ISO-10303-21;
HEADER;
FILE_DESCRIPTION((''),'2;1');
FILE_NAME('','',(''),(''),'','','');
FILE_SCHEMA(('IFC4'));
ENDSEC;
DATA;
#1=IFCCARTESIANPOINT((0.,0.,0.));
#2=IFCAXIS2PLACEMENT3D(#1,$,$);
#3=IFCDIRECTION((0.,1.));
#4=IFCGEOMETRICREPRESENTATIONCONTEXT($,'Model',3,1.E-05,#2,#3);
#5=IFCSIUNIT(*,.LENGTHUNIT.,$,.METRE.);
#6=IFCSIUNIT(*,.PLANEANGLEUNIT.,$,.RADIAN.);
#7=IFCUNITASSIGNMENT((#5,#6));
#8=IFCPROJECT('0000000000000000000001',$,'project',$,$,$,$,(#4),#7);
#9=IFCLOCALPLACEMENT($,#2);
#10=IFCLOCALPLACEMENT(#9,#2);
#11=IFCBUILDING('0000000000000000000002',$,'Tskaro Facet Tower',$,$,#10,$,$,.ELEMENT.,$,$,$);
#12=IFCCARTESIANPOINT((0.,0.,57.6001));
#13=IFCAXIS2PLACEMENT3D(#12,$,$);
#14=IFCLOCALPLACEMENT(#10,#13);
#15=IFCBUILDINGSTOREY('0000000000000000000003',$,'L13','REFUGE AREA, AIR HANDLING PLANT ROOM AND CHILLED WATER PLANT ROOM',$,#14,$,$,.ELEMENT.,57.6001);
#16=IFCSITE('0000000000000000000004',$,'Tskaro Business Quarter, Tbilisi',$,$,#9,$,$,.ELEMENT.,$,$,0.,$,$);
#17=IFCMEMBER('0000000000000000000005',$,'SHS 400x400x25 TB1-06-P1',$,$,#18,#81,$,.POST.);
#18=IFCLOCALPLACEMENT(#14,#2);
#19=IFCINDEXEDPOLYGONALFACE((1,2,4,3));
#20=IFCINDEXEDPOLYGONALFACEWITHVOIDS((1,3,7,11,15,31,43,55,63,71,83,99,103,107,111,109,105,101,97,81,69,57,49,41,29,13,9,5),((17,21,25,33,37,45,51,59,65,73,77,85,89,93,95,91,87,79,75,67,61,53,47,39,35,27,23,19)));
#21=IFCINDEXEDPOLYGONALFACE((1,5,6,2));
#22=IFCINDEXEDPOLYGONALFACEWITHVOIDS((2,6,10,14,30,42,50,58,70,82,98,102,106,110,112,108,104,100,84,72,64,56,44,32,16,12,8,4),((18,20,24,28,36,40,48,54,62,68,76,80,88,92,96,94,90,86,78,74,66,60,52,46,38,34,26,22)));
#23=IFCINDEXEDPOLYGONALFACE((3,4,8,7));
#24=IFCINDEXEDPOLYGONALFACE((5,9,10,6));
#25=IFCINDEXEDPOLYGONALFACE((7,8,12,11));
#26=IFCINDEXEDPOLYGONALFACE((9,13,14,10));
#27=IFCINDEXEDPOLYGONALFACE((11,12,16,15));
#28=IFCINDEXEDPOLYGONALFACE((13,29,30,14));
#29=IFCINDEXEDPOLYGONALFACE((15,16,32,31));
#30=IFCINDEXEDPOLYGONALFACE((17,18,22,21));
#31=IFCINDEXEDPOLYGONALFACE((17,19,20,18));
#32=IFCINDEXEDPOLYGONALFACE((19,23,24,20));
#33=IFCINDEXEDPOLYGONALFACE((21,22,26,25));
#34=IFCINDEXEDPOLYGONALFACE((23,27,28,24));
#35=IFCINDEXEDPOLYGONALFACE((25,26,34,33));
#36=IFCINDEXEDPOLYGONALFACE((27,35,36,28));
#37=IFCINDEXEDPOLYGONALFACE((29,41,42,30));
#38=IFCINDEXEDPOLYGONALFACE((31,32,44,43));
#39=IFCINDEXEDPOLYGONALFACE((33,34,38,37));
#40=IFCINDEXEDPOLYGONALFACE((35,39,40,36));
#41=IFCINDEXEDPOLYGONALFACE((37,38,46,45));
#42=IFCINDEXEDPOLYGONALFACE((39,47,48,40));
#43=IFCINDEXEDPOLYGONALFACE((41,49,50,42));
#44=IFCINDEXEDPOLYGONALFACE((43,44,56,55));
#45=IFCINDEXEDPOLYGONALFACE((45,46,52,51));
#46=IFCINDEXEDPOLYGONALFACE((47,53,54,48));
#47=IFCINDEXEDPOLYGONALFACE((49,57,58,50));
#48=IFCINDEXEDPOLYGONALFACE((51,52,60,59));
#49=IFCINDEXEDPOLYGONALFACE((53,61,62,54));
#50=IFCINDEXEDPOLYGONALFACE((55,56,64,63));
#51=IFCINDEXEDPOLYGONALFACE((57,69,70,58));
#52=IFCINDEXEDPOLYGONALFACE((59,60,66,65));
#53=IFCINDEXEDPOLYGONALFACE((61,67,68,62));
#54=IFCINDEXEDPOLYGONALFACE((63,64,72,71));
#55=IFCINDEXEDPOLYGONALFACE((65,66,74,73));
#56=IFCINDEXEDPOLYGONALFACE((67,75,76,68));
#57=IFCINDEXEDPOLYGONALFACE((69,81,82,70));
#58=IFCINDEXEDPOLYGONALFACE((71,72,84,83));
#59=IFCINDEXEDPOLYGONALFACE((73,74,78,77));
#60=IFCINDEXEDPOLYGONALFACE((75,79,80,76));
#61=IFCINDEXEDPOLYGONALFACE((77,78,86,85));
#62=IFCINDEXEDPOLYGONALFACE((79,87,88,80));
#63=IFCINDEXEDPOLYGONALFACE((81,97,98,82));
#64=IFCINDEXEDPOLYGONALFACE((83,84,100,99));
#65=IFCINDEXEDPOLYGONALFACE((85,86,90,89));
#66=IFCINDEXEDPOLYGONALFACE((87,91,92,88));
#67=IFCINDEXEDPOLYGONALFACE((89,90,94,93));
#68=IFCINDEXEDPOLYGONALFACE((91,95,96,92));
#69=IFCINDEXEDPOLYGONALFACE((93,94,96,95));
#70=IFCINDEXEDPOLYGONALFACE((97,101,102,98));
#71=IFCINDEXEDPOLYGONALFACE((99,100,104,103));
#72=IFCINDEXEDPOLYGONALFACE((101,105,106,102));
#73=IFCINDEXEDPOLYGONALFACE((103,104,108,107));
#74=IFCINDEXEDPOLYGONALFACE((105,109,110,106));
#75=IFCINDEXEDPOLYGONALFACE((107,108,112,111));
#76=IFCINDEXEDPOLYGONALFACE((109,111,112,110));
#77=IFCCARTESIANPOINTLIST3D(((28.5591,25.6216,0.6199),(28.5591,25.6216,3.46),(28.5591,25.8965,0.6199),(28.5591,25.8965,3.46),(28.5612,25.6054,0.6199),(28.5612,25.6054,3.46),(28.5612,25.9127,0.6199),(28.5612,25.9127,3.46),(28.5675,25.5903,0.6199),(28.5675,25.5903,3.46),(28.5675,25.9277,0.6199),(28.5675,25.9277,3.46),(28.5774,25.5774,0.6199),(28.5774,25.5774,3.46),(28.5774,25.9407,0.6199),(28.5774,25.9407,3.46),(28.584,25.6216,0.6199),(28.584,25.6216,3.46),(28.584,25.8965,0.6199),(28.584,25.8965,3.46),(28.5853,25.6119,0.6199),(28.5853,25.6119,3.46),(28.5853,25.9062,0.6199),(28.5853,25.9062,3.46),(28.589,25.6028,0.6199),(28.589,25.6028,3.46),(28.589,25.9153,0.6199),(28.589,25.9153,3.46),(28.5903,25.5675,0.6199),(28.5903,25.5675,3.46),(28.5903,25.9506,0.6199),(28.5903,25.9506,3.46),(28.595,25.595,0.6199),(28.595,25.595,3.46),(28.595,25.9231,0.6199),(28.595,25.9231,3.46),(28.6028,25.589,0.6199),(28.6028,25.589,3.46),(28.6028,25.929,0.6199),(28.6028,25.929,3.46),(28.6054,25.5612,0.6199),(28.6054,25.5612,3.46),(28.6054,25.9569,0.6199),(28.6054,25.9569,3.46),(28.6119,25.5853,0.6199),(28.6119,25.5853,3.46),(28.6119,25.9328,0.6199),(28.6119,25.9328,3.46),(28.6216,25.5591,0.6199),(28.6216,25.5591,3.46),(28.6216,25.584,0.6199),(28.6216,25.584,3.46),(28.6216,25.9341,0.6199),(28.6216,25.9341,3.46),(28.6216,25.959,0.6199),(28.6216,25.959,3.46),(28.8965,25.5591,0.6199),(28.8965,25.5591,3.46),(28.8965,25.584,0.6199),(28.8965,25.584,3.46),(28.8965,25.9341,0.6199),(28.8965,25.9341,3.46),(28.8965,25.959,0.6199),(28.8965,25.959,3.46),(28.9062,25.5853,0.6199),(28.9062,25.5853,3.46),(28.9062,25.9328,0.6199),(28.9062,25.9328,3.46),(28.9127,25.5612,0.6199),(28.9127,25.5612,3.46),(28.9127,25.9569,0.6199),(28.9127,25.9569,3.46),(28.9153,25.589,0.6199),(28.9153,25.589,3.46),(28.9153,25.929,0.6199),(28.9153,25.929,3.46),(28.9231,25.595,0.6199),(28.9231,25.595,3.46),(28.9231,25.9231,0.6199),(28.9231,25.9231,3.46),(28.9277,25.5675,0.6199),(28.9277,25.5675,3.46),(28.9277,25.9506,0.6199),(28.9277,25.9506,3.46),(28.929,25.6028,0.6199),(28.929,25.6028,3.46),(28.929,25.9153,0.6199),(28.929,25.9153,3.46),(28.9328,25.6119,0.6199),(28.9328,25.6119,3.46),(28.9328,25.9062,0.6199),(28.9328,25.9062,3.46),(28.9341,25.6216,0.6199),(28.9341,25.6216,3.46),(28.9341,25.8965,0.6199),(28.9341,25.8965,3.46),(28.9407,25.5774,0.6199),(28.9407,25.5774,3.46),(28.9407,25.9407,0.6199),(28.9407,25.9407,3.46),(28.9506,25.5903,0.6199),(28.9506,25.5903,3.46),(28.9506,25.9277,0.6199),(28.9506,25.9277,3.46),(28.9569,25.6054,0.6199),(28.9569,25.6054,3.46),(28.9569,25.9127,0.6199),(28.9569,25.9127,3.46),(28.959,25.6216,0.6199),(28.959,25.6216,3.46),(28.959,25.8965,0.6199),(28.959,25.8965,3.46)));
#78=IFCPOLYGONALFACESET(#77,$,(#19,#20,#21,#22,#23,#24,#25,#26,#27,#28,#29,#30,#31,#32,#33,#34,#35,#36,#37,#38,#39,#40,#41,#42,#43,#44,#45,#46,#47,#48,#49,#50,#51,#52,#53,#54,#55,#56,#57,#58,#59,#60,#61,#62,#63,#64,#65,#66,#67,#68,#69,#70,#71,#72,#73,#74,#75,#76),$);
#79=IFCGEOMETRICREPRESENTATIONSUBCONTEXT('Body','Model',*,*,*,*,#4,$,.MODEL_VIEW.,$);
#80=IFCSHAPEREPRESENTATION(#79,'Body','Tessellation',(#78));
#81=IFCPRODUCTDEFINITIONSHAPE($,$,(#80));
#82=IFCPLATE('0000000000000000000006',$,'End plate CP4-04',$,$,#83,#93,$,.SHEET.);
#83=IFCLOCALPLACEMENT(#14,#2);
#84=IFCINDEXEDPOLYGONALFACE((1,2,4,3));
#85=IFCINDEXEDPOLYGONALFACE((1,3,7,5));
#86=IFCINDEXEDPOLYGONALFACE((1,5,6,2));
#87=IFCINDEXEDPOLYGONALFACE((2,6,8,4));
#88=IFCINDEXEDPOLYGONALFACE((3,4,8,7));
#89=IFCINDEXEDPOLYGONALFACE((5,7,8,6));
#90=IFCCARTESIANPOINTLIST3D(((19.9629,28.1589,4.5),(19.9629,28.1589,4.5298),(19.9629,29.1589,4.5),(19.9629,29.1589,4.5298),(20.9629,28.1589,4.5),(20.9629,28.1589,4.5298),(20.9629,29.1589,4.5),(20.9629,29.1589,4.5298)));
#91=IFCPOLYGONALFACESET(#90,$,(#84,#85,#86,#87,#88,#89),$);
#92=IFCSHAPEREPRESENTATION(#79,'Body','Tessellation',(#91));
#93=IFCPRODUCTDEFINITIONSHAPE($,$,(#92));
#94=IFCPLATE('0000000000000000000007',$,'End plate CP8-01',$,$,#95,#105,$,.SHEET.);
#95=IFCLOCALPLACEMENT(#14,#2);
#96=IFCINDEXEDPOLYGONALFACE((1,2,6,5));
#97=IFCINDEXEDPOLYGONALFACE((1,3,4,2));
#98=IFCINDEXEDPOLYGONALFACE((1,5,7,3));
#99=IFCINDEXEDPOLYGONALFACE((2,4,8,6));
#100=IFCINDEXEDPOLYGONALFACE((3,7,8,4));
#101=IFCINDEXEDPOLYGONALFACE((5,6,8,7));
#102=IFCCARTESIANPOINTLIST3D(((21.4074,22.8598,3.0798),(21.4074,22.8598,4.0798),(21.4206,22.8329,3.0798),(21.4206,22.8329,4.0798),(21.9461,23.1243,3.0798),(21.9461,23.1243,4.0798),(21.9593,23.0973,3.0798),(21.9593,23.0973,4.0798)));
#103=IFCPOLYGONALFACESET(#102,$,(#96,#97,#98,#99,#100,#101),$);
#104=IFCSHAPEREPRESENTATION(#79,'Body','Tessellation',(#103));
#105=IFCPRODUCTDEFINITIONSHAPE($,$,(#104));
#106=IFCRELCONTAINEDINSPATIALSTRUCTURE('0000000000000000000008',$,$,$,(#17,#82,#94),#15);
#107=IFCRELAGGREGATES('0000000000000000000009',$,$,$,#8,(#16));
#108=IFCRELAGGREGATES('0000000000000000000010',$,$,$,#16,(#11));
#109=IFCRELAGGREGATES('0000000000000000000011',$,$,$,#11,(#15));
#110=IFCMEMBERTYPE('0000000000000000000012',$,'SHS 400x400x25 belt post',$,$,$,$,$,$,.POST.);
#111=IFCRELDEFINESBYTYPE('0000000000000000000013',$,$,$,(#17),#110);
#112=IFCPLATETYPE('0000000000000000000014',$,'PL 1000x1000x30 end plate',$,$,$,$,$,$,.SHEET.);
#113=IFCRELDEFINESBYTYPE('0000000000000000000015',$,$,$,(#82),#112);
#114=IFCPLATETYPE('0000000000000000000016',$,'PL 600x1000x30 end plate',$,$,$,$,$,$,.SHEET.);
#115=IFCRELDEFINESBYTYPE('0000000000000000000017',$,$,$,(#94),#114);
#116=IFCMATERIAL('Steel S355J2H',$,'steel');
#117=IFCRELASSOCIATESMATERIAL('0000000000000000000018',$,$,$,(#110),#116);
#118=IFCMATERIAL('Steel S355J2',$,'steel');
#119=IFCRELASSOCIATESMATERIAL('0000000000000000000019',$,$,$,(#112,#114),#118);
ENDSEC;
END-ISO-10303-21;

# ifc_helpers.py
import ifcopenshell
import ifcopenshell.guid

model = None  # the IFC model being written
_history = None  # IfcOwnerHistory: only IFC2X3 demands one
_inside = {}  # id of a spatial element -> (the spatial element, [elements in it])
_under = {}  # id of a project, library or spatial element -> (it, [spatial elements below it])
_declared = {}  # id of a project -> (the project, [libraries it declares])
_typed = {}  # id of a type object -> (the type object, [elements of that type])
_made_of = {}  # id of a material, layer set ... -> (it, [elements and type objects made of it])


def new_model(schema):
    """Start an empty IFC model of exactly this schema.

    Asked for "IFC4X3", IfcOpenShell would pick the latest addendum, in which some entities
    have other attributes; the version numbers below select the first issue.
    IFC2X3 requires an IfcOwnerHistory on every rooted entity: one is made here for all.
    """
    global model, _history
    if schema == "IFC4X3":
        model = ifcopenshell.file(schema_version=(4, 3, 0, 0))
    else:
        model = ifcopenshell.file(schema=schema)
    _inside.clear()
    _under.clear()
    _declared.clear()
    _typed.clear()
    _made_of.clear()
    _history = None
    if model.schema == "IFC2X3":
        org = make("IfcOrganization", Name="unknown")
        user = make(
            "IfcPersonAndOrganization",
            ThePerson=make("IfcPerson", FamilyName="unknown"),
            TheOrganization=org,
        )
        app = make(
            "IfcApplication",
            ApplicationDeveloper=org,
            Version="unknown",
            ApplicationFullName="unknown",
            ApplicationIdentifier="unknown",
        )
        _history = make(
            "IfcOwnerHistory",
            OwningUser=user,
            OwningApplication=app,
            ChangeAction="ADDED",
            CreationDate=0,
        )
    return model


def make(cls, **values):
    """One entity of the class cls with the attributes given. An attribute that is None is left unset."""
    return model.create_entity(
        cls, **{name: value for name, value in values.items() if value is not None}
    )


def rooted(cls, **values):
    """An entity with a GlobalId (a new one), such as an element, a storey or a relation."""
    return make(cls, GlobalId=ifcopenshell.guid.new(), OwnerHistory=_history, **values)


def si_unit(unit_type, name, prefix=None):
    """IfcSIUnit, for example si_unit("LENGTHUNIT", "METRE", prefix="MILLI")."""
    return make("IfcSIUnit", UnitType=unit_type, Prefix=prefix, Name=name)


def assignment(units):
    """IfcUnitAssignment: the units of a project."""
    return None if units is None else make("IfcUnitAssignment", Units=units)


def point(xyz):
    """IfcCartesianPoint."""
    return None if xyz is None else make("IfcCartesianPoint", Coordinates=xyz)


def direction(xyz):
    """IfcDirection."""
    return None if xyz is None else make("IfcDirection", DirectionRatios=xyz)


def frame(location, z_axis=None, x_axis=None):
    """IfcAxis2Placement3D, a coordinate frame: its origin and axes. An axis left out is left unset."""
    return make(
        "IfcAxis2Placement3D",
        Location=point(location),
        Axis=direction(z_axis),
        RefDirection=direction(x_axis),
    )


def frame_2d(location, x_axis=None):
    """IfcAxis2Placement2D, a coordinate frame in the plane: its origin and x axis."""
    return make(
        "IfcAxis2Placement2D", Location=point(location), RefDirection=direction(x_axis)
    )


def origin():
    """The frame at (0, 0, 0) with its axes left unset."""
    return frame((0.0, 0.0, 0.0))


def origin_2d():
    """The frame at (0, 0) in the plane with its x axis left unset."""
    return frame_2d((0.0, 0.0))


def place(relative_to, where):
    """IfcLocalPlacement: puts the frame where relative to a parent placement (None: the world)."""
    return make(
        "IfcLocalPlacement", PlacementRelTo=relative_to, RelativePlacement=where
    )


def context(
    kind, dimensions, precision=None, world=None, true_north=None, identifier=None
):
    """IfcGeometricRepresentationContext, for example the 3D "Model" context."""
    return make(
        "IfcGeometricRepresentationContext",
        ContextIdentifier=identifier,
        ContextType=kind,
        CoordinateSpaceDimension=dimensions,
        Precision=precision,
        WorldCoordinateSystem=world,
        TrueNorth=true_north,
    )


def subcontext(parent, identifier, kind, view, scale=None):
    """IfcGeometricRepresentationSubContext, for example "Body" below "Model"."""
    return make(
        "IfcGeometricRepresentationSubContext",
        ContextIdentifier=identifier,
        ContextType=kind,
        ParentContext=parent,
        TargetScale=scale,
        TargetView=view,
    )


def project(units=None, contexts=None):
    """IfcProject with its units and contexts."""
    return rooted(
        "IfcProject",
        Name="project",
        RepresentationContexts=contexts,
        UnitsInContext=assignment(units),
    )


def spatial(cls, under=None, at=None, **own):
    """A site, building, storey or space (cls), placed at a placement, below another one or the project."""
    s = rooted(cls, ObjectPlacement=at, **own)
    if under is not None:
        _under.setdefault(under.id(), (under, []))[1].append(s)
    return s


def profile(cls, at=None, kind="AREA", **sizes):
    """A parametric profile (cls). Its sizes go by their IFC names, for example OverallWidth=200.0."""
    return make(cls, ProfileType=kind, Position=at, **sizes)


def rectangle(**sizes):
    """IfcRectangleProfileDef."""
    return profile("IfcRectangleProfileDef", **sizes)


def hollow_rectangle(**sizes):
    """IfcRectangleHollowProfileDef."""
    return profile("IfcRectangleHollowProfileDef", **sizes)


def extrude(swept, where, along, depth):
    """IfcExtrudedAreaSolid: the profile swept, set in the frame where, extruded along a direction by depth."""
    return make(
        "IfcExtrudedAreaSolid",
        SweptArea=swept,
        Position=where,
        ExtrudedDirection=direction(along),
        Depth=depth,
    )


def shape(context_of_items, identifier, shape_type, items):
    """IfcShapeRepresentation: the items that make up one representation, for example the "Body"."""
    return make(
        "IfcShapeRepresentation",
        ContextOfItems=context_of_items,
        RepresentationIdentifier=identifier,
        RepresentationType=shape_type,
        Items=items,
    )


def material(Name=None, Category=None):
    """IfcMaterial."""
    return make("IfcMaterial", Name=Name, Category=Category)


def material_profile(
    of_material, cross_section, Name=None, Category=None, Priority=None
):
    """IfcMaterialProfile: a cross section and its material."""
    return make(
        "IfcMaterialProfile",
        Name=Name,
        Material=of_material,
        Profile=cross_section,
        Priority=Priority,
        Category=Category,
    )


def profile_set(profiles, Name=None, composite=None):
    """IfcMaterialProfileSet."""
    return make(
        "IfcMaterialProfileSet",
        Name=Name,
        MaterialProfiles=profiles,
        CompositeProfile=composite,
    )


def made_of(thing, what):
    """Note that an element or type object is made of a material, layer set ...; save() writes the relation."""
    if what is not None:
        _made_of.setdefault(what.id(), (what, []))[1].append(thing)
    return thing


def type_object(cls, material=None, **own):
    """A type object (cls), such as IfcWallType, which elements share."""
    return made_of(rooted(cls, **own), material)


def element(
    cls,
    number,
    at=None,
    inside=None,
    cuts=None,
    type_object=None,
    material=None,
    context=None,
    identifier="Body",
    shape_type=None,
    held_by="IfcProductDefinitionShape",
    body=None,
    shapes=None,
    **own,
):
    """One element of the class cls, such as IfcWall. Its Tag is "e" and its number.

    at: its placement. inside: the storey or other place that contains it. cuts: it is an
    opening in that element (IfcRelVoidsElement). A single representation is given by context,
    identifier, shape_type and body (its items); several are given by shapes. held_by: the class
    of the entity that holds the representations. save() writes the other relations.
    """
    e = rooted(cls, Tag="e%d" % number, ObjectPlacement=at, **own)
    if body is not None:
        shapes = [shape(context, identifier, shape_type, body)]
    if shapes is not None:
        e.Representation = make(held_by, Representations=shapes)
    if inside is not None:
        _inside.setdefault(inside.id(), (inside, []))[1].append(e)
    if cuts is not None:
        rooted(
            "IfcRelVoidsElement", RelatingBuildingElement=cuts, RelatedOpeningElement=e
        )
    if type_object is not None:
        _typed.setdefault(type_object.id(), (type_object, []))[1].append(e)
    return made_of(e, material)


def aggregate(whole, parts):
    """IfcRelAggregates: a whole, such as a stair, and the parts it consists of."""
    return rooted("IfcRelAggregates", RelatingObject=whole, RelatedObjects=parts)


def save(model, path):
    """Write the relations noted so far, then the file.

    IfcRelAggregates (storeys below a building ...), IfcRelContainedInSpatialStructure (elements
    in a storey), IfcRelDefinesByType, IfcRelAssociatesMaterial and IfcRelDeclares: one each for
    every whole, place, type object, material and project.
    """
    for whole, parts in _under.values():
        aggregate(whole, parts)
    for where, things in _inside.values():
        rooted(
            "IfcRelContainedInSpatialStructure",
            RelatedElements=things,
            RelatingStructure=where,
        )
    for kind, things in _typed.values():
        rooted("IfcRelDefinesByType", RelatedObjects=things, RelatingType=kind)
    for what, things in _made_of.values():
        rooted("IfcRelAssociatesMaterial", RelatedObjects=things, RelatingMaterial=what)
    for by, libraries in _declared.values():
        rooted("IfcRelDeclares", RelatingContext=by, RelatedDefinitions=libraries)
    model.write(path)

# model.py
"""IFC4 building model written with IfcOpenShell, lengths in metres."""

from ifc_helpers import new_model, si_unit, direction, frame, origin, origin_2d, place, context, subcontext, project, spatial, rectangle, hollow_rectangle, extrude, material, material_profile, profile_set, type_object, element, save


model = new_model("IFC4")

# Units and contexts
model_context = context("Model", 3, precision=1e-05, world=origin(), true_north=direction((0.0, 1.0)))
body_context = subcontext(model_context, "Body", "Model", "MODEL_VIEW")
ifc_project = project(units=[si_unit("LENGTHUNIT", "METRE"), si_unit("PLANEANGLEUNIT", "RADIAN")], contexts=[model_context])

# Site, building, storey
site_placement = place(None, origin())
site = spatial("IfcSite", under=ifc_project, at=site_placement, Name="Tskaro Business Quarter, Tbilisi", CompositionType="ELEMENT", RefElevation=0.0)
building_placement = place(site_placement, origin())
building = spatial("IfcBuilding", under=site, at=building_placement, Name="Tskaro Facet Tower", CompositionType="ELEMENT")
storey_placement = place(building_placement, frame((0.0, 0.0, 57.6001)))
storey = spatial("IfcBuildingStorey", under=building, at=storey_placement, Name="L13", Description="REFUGE AREA, AIR HANDLING PLANT ROOM AND CHILLED WATER PLANT ROOM", CompositionType="ELEMENT", Elevation=57.6001)

# Shared definitions
ifc_material_1 = material(Name="Steel S355J2", Category="steel")

# Shared definitions
ifc_material_2 = material(Name="Steel S355J2H", Category="steel")

# Member
ifc_material_profile_1 = material_profile(ifc_material_2, hollow_rectangle(XDim=0.3999, YDim=0.3999, WallThickness=0.0249, InnerFilletRadius=0.0376, OuterFilletRadius=0.0625, at=origin_2d()), Name="SHS 400x400x25")
ifc_profile_set_1 = profile_set([ifc_material_profile_1], Name="Steel S355J2H")
member_type_1 = type_object("IfcMemberType", Name="SHS 400x400x25 belt post", PredefinedType="POST", material=ifc_profile_set_1)
for number, where, z_axis, x_axis, name in (
    (1, (28.759, 25.759, 0.6199), (0.0, 0.0, 1.0), (1.0, 0.0, 0.0), "SHS 400x400x25 TB1-06-P1"),
):
    element("IfcMember", number, at=place(storey_placement, frame(where, z_axis=z_axis, x_axis=x_axis)), inside=storey, type_object=member_type_1, Name=name, PredefinedType="POST", context=body_context, shape_type="SweptSolid", body=[
        extrude(hollow_rectangle(XDim=0.3999, YDim=0.3999, WallThickness=0.0249, InnerFilletRadius=0.0376, OuterFilletRadius=0.0625, at=origin_2d()), origin(), (0.0, 0.0, 1.0), 2.8401),
    ])

# Plates
ifc_material_profile_2 = material_profile(ifc_material_1, rectangle(XDim=1.0, YDim=1.0, at=origin_2d()), Name="PL 1000x1000x30 end plate")
ifc_profile_set_2 = profile_set([ifc_material_profile_2], Name="Steel S355J2")
plate_type_1 = type_object("IfcPlateType", Name="PL 1000x1000x30 end plate", PredefinedType="SHEET", material=ifc_profile_set_2)
plate_1_placement = place(storey_placement, frame((20.4629, 28.6589, 4.5), z_axis=(0.0, 0.0, 1.0), x_axis=(1.0, 0.0, 0.0)))
element("IfcPlate", 2, at=plate_1_placement, inside=storey, type_object=plate_type_1, Name="End plate CP4-04", PredefinedType="SHEET", context=body_context, shape_type="SweptSolid", body=[
    extrude(rectangle(XDim=1.0, YDim=1.0, at=origin_2d()), origin(), (0.0, 0.0, 1.0), 0.0298),
])
ifc_material_profile_3 = material_profile(ifc_material_1, rectangle(XDim=0.6001, YDim=1.0, at=origin_2d()), Name="PL 600x1000x30 end plate")
ifc_profile_set_3 = profile_set([ifc_material_profile_3], Name="Steel S355J2")
plate_type_2 = type_object("IfcPlateType", Name="PL 600x1000x30 end plate", PredefinedType="SHEET", material=ifc_profile_set_3)
plate_2_placement = place(storey_placement, frame((21.6899, 22.9651, 3.5798), z_axis=(-0.440673, 0.897668, 0.0), x_axis=(-0.897668, -0.440673, 0.0)))
element("IfcPlate", 3, at=plate_2_placement, inside=storey, type_object=plate_type_2, Name="End plate CP8-01", PredefinedType="SHEET", context=body_context, shape_type="SweptSolid", body=[
    extrude(rectangle(XDim=0.6001, YDim=1.0, at=origin_2d()), origin(), (0.0, 0.0, 1.0), 0.03),
])

save(model, "model.ifc")
